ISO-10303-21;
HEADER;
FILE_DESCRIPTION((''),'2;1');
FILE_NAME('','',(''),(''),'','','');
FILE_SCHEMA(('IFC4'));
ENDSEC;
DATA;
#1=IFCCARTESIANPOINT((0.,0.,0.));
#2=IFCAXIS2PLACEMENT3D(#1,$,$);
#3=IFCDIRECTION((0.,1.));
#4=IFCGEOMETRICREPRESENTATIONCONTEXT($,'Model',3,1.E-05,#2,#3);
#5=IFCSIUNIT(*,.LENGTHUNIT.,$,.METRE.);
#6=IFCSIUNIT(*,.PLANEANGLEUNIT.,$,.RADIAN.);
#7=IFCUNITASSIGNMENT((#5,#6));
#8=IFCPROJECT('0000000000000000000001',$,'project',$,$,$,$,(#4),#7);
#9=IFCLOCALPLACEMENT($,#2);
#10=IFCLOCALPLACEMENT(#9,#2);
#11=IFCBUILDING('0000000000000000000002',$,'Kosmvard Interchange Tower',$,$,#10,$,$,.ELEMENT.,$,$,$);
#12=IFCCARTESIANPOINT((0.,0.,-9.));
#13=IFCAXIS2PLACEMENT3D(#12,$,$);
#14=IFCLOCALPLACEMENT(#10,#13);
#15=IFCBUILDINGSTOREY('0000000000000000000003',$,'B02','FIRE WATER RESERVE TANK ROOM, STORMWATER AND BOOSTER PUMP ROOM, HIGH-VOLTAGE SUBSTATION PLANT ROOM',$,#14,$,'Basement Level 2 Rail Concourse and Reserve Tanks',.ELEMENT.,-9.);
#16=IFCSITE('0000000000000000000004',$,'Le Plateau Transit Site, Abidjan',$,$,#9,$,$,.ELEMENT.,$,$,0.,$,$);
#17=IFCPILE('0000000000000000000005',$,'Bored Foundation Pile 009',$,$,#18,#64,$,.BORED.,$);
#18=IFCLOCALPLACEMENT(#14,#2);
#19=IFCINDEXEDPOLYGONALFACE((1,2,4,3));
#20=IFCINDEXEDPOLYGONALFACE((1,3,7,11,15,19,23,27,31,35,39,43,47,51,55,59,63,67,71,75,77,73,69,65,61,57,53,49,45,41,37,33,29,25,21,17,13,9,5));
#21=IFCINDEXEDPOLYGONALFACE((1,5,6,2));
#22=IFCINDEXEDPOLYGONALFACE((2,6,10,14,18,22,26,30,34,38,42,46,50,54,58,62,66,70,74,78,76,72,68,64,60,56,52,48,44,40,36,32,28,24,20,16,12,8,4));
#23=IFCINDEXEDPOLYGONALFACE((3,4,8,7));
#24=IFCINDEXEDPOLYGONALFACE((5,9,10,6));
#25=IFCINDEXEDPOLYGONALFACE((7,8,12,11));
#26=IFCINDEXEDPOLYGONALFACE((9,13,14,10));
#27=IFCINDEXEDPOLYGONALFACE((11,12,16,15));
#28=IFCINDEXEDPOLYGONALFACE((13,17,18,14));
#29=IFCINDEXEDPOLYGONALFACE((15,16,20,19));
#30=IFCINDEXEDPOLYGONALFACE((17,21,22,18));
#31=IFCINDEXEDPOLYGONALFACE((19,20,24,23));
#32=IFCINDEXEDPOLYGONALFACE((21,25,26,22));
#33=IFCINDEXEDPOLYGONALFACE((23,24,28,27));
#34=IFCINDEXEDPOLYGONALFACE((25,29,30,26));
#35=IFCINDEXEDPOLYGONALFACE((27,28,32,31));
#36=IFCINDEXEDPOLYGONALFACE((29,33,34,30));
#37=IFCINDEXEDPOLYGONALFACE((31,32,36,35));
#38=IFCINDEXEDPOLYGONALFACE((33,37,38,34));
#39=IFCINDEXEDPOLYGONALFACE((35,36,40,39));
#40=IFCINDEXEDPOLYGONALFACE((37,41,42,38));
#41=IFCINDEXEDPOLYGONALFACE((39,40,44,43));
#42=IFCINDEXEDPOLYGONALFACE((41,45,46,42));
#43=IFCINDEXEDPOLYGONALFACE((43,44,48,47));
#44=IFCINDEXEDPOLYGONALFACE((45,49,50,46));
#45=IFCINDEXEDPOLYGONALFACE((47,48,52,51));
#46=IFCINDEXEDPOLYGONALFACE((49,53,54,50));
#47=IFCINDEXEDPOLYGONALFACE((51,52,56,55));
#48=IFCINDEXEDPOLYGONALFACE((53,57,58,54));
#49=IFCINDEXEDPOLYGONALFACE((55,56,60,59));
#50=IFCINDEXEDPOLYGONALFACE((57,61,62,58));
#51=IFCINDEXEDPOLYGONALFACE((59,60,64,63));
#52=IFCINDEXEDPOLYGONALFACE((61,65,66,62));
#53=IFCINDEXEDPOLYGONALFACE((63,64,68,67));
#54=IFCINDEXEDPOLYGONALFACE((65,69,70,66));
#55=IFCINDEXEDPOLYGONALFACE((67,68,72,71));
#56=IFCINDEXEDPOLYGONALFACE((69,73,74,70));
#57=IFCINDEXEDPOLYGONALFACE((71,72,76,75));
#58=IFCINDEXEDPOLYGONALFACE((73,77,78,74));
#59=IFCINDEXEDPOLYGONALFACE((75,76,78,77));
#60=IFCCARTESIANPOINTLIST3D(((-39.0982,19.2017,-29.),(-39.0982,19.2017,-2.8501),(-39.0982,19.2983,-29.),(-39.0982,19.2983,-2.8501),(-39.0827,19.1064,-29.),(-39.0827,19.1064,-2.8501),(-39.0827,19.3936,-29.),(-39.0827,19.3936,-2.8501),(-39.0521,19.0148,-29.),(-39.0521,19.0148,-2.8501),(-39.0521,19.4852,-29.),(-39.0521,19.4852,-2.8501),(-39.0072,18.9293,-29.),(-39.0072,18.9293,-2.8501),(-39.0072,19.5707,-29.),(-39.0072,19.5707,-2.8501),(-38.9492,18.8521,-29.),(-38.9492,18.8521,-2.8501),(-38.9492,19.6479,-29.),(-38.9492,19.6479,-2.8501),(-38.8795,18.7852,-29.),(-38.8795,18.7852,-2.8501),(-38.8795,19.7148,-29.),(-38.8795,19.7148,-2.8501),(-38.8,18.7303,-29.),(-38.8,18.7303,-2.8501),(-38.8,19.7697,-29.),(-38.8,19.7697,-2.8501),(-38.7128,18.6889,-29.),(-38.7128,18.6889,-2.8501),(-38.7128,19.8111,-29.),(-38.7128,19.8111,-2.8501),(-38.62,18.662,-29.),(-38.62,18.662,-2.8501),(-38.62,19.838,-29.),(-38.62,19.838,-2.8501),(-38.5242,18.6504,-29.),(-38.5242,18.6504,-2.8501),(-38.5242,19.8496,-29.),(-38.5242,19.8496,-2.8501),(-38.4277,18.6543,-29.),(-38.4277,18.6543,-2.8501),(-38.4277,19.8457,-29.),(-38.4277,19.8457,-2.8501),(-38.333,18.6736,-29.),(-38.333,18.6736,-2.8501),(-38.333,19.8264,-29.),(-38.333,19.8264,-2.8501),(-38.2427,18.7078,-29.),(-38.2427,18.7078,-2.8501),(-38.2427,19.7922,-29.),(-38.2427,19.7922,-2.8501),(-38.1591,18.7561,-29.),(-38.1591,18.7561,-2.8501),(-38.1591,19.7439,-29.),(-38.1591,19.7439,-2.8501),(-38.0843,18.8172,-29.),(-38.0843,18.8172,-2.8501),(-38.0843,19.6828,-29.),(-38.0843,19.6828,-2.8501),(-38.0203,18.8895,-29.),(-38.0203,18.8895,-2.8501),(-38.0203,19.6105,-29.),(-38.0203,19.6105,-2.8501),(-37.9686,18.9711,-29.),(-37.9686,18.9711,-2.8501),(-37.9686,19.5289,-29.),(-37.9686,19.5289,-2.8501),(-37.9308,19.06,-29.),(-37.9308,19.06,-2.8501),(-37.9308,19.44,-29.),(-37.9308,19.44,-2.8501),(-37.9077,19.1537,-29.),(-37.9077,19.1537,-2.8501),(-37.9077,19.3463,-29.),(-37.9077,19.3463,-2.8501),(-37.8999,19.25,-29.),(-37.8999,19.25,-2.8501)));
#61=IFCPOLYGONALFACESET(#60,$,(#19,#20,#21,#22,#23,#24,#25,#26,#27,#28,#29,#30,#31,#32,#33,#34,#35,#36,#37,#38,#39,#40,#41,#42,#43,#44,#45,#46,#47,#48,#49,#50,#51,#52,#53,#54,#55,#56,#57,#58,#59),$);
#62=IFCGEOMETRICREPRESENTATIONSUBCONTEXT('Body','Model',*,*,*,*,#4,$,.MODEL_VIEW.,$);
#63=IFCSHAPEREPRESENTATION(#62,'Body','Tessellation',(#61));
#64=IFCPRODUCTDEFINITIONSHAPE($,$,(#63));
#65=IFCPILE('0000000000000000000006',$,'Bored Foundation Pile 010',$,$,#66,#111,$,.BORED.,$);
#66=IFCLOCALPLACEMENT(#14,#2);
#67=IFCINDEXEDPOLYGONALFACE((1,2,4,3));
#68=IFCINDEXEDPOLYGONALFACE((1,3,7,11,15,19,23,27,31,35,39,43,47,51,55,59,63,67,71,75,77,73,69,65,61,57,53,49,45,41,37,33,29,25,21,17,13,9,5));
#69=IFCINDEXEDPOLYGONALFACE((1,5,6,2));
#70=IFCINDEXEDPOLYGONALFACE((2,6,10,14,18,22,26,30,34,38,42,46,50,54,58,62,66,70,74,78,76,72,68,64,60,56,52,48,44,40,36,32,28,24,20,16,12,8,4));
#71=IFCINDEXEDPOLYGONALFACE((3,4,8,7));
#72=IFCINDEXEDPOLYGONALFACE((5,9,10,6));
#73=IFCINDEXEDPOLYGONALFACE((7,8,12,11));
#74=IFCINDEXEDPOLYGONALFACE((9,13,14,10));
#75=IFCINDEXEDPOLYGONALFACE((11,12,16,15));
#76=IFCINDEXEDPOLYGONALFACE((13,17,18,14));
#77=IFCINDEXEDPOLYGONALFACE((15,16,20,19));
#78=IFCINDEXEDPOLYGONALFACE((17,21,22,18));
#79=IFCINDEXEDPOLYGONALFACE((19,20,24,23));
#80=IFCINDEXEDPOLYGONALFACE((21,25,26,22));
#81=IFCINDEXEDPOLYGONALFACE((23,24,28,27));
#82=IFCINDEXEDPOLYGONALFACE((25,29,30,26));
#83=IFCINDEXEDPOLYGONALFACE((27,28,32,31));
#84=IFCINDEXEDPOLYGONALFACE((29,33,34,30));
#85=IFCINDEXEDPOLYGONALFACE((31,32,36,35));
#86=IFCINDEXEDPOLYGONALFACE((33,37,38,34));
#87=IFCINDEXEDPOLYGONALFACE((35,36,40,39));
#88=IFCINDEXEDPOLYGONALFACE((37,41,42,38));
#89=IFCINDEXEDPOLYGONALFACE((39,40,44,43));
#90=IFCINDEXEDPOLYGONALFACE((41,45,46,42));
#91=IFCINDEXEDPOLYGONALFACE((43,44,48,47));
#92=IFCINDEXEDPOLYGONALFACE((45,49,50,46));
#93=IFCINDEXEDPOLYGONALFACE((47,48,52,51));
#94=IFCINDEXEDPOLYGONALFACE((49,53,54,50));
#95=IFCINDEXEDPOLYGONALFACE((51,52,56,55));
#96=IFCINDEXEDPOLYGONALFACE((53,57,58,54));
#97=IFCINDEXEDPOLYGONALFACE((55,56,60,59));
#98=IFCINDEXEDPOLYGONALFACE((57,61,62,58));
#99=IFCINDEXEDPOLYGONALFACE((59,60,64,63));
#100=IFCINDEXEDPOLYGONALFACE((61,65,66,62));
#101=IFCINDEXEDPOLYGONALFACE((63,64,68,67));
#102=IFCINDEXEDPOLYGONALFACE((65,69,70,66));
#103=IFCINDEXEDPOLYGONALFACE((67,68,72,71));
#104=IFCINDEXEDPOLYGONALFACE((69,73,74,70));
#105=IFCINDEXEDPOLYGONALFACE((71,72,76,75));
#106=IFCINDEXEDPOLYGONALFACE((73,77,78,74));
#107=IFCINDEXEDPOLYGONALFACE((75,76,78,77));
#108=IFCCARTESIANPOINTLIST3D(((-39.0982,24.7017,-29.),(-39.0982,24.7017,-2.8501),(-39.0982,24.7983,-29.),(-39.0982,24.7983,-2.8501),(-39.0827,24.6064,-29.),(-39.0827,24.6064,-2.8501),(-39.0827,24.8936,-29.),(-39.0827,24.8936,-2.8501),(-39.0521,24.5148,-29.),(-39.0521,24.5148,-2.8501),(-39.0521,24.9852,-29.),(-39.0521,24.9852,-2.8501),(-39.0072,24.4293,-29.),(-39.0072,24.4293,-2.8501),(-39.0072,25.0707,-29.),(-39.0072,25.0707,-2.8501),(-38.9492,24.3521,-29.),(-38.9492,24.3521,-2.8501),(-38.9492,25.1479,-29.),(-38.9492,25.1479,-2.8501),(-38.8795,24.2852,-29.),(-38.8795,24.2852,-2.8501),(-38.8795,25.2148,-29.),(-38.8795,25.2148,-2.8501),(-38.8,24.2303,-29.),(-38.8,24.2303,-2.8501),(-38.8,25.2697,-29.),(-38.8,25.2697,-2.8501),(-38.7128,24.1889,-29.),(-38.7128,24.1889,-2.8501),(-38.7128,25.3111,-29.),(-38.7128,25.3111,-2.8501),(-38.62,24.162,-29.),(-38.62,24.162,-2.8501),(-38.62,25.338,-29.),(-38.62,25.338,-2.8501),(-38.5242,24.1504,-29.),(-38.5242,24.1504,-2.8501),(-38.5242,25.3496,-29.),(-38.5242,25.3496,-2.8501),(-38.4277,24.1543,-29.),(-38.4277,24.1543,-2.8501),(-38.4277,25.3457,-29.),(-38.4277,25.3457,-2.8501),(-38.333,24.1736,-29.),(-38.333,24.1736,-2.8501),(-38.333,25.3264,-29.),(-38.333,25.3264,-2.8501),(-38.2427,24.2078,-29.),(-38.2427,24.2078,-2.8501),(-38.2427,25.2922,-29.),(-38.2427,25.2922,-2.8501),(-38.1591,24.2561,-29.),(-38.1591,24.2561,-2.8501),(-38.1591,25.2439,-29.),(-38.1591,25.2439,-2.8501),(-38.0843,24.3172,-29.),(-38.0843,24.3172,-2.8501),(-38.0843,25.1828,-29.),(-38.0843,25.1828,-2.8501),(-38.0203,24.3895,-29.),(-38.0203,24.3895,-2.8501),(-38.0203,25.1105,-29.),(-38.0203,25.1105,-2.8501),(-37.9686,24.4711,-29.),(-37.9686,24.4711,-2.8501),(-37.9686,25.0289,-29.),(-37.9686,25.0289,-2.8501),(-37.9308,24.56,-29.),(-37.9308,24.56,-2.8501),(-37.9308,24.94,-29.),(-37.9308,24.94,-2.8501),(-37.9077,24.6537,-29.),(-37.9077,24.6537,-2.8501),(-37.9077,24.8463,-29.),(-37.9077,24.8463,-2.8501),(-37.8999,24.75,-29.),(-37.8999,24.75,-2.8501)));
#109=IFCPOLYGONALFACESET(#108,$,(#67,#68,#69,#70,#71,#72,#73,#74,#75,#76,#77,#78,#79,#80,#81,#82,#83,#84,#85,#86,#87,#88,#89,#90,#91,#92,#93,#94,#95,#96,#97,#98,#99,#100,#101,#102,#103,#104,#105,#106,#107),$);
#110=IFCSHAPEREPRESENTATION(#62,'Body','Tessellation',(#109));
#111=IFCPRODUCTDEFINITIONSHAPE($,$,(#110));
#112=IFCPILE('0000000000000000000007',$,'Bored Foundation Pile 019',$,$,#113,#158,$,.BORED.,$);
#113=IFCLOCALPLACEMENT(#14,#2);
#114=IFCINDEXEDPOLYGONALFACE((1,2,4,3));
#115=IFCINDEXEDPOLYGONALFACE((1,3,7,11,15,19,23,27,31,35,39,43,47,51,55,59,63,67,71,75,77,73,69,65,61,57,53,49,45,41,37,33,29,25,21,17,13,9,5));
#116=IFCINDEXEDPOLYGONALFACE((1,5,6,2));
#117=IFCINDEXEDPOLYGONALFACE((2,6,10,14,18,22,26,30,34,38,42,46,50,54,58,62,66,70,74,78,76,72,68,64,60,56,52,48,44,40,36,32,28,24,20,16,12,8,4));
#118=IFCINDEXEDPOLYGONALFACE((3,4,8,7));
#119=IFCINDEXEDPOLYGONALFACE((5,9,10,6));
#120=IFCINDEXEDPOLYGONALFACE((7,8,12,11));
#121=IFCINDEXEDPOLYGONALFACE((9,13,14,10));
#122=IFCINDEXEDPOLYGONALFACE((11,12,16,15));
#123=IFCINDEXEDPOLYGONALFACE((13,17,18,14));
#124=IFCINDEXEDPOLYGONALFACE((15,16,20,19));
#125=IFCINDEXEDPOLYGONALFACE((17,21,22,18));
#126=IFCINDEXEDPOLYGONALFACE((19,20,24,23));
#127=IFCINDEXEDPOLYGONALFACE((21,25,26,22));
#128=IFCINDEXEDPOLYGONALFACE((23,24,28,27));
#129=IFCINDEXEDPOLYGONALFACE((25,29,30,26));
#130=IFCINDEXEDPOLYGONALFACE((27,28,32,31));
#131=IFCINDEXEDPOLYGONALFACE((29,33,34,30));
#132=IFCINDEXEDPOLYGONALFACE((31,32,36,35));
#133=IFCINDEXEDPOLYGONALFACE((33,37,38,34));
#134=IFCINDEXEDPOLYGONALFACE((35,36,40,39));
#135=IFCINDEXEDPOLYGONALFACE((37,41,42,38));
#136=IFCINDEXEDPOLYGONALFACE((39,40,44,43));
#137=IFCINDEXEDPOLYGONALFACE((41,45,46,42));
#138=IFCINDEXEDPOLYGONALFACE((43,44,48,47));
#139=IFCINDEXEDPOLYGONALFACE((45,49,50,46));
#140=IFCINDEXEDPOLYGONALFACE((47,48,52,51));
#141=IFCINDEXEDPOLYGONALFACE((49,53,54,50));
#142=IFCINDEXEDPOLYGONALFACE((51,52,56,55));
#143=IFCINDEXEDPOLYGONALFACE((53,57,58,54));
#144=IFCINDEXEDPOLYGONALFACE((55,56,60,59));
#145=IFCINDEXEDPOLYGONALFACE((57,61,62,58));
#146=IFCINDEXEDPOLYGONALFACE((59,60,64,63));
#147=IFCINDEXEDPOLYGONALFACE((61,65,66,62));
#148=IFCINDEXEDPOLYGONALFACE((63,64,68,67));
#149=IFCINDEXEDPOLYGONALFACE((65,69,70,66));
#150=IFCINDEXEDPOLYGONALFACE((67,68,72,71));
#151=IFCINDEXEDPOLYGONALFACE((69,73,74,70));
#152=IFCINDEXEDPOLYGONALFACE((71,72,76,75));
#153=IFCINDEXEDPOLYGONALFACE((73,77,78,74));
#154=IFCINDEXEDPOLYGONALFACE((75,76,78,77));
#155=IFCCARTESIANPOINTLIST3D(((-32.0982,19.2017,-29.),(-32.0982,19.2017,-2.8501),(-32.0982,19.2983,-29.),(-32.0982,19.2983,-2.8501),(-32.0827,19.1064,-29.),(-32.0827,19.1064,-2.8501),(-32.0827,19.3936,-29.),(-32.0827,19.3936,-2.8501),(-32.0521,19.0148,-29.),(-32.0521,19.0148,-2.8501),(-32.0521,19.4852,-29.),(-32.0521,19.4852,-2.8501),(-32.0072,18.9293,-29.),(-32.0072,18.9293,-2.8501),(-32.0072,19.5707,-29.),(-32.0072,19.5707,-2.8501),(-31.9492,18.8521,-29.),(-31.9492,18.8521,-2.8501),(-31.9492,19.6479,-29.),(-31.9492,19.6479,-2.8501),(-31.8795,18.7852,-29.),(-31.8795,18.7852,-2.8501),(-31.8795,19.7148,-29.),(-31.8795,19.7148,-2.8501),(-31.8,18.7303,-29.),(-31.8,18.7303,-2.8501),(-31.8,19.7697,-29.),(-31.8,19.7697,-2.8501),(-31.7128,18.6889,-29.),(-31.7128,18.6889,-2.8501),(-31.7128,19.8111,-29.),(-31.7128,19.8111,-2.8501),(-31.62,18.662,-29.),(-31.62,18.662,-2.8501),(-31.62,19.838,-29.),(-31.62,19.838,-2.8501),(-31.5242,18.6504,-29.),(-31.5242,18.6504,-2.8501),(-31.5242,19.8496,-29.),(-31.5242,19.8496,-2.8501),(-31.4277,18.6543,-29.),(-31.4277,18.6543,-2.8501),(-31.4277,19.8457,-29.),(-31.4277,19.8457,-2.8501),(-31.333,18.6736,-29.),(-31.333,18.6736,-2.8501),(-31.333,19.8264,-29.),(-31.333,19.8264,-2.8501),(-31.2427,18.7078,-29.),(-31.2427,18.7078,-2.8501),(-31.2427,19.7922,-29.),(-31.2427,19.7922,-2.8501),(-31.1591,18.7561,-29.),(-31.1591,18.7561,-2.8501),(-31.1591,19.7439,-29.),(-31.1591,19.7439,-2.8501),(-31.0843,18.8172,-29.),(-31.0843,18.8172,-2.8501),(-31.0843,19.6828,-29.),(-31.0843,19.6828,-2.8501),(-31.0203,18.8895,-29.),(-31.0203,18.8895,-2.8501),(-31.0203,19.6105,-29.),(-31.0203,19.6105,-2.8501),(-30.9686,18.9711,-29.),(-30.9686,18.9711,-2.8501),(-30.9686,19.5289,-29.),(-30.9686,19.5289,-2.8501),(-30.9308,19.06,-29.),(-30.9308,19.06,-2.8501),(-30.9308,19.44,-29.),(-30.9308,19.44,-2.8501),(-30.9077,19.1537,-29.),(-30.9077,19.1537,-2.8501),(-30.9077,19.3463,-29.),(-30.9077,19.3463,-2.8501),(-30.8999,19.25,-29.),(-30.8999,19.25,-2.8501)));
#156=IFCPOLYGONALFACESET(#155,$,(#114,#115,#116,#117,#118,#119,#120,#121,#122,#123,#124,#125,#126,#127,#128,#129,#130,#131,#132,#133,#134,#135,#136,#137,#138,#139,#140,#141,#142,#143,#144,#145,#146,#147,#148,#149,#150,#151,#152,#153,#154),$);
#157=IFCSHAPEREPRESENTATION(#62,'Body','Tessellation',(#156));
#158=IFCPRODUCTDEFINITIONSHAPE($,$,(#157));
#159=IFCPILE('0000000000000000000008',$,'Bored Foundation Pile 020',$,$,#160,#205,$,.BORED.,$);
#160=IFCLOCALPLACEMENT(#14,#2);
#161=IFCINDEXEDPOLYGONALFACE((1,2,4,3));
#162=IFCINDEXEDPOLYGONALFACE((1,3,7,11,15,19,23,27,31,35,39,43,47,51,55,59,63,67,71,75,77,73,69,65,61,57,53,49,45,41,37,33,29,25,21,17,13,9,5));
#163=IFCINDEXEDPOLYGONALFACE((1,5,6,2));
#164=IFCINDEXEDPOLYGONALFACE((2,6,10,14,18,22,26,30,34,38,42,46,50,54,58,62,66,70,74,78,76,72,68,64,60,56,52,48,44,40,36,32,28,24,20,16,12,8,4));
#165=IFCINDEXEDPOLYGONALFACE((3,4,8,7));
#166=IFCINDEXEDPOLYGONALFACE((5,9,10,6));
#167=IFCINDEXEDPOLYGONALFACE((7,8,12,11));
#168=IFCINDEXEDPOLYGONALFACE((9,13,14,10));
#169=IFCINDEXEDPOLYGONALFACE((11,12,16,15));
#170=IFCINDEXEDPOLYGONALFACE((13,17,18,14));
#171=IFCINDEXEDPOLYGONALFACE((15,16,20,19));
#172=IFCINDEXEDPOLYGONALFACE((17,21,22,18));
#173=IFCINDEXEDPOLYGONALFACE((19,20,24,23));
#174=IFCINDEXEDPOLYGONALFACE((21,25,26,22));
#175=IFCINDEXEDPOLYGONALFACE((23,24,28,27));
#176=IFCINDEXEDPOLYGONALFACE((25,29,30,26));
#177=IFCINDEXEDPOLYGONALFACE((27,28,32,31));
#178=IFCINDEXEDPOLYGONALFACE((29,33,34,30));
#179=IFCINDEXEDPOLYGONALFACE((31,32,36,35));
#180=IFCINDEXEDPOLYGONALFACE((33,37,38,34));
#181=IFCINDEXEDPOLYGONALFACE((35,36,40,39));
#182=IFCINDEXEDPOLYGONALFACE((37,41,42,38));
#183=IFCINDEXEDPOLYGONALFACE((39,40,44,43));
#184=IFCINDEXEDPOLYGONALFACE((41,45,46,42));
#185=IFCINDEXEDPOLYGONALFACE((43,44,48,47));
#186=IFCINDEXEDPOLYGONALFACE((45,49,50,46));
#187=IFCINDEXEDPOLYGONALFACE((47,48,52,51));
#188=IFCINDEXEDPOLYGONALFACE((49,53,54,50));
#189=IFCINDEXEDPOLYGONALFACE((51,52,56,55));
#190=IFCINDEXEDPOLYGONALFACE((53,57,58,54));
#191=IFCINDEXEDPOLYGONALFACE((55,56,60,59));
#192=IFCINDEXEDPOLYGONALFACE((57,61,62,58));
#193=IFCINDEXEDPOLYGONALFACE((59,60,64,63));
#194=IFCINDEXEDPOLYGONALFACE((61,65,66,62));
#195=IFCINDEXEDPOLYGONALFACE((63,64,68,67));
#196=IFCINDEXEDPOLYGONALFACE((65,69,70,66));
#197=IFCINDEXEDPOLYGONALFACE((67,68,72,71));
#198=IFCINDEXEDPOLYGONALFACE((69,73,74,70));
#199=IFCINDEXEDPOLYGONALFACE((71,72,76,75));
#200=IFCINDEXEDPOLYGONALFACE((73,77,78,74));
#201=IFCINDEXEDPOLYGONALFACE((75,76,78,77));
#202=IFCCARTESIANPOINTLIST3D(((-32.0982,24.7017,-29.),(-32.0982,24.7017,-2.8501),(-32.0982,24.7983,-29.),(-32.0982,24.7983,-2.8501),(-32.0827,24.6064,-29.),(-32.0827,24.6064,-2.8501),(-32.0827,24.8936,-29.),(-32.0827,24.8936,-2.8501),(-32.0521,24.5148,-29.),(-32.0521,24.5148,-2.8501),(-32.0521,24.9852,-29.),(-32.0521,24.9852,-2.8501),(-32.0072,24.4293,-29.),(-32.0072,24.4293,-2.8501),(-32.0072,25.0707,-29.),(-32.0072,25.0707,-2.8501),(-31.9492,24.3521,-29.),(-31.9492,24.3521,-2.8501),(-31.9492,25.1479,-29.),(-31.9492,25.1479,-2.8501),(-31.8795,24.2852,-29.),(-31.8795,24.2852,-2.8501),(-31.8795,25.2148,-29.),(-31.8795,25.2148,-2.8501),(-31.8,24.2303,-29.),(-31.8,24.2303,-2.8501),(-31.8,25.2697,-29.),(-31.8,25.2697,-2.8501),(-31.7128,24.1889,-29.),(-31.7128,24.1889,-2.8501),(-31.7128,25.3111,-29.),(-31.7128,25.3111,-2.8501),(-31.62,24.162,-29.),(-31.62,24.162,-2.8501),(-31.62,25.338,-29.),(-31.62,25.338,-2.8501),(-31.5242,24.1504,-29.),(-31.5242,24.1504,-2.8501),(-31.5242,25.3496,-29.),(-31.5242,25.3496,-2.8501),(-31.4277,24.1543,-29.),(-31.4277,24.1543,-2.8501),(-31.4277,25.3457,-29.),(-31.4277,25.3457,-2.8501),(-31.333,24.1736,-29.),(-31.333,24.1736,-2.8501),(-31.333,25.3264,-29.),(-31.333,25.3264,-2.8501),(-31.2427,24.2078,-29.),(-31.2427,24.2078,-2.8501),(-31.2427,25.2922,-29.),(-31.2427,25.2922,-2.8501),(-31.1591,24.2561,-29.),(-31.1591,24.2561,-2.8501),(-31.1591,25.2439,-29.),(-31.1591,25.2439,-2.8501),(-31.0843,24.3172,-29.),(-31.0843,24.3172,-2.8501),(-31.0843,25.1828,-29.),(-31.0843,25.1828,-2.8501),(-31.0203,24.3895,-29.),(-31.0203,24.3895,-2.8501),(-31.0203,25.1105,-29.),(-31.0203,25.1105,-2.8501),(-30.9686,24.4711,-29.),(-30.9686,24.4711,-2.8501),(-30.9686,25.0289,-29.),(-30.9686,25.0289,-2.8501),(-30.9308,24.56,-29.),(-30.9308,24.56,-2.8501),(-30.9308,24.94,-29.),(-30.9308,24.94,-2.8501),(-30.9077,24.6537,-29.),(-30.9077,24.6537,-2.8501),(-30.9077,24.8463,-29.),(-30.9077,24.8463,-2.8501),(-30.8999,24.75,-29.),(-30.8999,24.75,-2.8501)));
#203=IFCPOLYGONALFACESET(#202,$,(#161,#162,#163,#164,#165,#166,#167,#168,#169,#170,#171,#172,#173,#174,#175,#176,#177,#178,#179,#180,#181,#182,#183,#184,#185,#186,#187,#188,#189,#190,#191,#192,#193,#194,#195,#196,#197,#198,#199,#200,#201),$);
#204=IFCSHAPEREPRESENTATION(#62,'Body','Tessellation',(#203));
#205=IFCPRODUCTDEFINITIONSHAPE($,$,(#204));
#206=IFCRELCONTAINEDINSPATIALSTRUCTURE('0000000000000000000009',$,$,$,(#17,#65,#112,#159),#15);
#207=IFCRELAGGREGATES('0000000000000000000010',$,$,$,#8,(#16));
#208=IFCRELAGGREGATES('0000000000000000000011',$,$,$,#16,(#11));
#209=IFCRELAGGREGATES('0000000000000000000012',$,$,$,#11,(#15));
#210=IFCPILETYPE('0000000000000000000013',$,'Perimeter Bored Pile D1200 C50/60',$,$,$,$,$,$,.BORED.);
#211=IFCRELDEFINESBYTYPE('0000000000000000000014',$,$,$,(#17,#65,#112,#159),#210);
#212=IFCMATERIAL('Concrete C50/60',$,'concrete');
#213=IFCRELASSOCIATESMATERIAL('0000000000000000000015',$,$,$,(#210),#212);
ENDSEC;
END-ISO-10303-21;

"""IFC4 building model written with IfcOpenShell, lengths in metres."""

from ifc_helpers import new_model, si_unit, direction, frame, origin, origin_2d, place, context, subcontext, project, spatial, circle, extrude, source, transform, mapped, material, material_profile, profile_set, type_object, element, save


model = new_model("IFC4")

# Units and contexts
model_context = context("Model", 3, precision=1e-05, world=origin(), true_north=direction((0.0, 1.0)))
body_context = subcontext(model_context, "Body", "Model", "MODEL_VIEW")
ifc_project = project(units=[si_unit("LENGTHUNIT", "METRE"), si_unit("PLANEANGLEUNIT", "RADIAN")], contexts=[model_context])

# Site, building, storey
site_placement = place(None, origin())
site = spatial("IfcSite", under=ifc_project, at=site_placement, Name="Le Plateau Transit Site, Abidjan", CompositionType="ELEMENT", RefElevation=0.0)
building_placement = place(site_placement, origin())
building = spatial("IfcBuilding", under=site, at=building_placement, Name="Kosmvard Interchange Tower", CompositionType="ELEMENT")
storey_placement = place(building_placement, frame((0.0, 0.0, -9.0)))
storey = spatial("IfcBuildingStorey", under=building, at=storey_placement, Name="B02", Description="FIRE WATER RESERVE TANK ROOM, STORMWATER AND BOOSTER PUMP ROOM, HIGH-VOLTAGE SUBSTATION PLANT ROOM", LongName="Basement Level 2 Rail Concourse and Reserve Tanks", CompositionType="ELEMENT", Elevation=-9.0)

# Piles
ifc_material_1 = material(Name="Concrete C50/60", Category="concrete")
ifc_material_profile_1 = material_profile(ifc_material_1, circle(Radius=0.6001, at=origin_2d()), Name="PILE D1200")
ifc_profile_set_1 = profile_set([ifc_material_profile_1], Name="Concrete C50/60")
pile_type = type_object("IfcPileType", Name="Perimeter Bored Pile D1200 C50/60", PredefinedType="BORED", material=ifc_profile_set_1)
shared_shape_1 = source(origin(), body_context, "Body", "SweptSolid", [
    extrude(circle(Radius=0.6001, at=origin_2d()), origin(), (0.0, 0.0, 1.0), 26.1499),
])
for number, where, z_axis, x_axis, name in (
    (1, (-38.5, 19.25, -2.8501), (0.0, 0.0, -1.0), (1.0, 0.0, 0.0), "Bored Foundation Pile 009"),
    (2, (-38.5, 24.75, -2.8501), (0.0, 0.0, -1.0), (1.0, 0.0, 0.0), "Bored Foundation Pile 010"),
    (3, (-31.5, 19.25, -2.8501), (0.0, 0.0, -1.0), (1.0, 0.0, 0.0), "Bored Foundation Pile 019"),
    (4, (-31.5, 24.75, -2.8501), (0.0, 0.0, -1.0), (1.0, 0.0, 0.0), "Bored Foundation Pile 020"),
):
    element("IfcPile", number, at=place(storey_placement, frame(where, z_axis=z_axis, x_axis=x_axis)), inside=storey, type_object=pile_type, Name=name, PredefinedType="BORED", context=body_context, shape_type="MappedRepresentation", body=[
        mapped(shared_shape_1, transform((0.0, 0.0, 0.0), scale=1.0)),
    ])

save(model, "model.ifc")
